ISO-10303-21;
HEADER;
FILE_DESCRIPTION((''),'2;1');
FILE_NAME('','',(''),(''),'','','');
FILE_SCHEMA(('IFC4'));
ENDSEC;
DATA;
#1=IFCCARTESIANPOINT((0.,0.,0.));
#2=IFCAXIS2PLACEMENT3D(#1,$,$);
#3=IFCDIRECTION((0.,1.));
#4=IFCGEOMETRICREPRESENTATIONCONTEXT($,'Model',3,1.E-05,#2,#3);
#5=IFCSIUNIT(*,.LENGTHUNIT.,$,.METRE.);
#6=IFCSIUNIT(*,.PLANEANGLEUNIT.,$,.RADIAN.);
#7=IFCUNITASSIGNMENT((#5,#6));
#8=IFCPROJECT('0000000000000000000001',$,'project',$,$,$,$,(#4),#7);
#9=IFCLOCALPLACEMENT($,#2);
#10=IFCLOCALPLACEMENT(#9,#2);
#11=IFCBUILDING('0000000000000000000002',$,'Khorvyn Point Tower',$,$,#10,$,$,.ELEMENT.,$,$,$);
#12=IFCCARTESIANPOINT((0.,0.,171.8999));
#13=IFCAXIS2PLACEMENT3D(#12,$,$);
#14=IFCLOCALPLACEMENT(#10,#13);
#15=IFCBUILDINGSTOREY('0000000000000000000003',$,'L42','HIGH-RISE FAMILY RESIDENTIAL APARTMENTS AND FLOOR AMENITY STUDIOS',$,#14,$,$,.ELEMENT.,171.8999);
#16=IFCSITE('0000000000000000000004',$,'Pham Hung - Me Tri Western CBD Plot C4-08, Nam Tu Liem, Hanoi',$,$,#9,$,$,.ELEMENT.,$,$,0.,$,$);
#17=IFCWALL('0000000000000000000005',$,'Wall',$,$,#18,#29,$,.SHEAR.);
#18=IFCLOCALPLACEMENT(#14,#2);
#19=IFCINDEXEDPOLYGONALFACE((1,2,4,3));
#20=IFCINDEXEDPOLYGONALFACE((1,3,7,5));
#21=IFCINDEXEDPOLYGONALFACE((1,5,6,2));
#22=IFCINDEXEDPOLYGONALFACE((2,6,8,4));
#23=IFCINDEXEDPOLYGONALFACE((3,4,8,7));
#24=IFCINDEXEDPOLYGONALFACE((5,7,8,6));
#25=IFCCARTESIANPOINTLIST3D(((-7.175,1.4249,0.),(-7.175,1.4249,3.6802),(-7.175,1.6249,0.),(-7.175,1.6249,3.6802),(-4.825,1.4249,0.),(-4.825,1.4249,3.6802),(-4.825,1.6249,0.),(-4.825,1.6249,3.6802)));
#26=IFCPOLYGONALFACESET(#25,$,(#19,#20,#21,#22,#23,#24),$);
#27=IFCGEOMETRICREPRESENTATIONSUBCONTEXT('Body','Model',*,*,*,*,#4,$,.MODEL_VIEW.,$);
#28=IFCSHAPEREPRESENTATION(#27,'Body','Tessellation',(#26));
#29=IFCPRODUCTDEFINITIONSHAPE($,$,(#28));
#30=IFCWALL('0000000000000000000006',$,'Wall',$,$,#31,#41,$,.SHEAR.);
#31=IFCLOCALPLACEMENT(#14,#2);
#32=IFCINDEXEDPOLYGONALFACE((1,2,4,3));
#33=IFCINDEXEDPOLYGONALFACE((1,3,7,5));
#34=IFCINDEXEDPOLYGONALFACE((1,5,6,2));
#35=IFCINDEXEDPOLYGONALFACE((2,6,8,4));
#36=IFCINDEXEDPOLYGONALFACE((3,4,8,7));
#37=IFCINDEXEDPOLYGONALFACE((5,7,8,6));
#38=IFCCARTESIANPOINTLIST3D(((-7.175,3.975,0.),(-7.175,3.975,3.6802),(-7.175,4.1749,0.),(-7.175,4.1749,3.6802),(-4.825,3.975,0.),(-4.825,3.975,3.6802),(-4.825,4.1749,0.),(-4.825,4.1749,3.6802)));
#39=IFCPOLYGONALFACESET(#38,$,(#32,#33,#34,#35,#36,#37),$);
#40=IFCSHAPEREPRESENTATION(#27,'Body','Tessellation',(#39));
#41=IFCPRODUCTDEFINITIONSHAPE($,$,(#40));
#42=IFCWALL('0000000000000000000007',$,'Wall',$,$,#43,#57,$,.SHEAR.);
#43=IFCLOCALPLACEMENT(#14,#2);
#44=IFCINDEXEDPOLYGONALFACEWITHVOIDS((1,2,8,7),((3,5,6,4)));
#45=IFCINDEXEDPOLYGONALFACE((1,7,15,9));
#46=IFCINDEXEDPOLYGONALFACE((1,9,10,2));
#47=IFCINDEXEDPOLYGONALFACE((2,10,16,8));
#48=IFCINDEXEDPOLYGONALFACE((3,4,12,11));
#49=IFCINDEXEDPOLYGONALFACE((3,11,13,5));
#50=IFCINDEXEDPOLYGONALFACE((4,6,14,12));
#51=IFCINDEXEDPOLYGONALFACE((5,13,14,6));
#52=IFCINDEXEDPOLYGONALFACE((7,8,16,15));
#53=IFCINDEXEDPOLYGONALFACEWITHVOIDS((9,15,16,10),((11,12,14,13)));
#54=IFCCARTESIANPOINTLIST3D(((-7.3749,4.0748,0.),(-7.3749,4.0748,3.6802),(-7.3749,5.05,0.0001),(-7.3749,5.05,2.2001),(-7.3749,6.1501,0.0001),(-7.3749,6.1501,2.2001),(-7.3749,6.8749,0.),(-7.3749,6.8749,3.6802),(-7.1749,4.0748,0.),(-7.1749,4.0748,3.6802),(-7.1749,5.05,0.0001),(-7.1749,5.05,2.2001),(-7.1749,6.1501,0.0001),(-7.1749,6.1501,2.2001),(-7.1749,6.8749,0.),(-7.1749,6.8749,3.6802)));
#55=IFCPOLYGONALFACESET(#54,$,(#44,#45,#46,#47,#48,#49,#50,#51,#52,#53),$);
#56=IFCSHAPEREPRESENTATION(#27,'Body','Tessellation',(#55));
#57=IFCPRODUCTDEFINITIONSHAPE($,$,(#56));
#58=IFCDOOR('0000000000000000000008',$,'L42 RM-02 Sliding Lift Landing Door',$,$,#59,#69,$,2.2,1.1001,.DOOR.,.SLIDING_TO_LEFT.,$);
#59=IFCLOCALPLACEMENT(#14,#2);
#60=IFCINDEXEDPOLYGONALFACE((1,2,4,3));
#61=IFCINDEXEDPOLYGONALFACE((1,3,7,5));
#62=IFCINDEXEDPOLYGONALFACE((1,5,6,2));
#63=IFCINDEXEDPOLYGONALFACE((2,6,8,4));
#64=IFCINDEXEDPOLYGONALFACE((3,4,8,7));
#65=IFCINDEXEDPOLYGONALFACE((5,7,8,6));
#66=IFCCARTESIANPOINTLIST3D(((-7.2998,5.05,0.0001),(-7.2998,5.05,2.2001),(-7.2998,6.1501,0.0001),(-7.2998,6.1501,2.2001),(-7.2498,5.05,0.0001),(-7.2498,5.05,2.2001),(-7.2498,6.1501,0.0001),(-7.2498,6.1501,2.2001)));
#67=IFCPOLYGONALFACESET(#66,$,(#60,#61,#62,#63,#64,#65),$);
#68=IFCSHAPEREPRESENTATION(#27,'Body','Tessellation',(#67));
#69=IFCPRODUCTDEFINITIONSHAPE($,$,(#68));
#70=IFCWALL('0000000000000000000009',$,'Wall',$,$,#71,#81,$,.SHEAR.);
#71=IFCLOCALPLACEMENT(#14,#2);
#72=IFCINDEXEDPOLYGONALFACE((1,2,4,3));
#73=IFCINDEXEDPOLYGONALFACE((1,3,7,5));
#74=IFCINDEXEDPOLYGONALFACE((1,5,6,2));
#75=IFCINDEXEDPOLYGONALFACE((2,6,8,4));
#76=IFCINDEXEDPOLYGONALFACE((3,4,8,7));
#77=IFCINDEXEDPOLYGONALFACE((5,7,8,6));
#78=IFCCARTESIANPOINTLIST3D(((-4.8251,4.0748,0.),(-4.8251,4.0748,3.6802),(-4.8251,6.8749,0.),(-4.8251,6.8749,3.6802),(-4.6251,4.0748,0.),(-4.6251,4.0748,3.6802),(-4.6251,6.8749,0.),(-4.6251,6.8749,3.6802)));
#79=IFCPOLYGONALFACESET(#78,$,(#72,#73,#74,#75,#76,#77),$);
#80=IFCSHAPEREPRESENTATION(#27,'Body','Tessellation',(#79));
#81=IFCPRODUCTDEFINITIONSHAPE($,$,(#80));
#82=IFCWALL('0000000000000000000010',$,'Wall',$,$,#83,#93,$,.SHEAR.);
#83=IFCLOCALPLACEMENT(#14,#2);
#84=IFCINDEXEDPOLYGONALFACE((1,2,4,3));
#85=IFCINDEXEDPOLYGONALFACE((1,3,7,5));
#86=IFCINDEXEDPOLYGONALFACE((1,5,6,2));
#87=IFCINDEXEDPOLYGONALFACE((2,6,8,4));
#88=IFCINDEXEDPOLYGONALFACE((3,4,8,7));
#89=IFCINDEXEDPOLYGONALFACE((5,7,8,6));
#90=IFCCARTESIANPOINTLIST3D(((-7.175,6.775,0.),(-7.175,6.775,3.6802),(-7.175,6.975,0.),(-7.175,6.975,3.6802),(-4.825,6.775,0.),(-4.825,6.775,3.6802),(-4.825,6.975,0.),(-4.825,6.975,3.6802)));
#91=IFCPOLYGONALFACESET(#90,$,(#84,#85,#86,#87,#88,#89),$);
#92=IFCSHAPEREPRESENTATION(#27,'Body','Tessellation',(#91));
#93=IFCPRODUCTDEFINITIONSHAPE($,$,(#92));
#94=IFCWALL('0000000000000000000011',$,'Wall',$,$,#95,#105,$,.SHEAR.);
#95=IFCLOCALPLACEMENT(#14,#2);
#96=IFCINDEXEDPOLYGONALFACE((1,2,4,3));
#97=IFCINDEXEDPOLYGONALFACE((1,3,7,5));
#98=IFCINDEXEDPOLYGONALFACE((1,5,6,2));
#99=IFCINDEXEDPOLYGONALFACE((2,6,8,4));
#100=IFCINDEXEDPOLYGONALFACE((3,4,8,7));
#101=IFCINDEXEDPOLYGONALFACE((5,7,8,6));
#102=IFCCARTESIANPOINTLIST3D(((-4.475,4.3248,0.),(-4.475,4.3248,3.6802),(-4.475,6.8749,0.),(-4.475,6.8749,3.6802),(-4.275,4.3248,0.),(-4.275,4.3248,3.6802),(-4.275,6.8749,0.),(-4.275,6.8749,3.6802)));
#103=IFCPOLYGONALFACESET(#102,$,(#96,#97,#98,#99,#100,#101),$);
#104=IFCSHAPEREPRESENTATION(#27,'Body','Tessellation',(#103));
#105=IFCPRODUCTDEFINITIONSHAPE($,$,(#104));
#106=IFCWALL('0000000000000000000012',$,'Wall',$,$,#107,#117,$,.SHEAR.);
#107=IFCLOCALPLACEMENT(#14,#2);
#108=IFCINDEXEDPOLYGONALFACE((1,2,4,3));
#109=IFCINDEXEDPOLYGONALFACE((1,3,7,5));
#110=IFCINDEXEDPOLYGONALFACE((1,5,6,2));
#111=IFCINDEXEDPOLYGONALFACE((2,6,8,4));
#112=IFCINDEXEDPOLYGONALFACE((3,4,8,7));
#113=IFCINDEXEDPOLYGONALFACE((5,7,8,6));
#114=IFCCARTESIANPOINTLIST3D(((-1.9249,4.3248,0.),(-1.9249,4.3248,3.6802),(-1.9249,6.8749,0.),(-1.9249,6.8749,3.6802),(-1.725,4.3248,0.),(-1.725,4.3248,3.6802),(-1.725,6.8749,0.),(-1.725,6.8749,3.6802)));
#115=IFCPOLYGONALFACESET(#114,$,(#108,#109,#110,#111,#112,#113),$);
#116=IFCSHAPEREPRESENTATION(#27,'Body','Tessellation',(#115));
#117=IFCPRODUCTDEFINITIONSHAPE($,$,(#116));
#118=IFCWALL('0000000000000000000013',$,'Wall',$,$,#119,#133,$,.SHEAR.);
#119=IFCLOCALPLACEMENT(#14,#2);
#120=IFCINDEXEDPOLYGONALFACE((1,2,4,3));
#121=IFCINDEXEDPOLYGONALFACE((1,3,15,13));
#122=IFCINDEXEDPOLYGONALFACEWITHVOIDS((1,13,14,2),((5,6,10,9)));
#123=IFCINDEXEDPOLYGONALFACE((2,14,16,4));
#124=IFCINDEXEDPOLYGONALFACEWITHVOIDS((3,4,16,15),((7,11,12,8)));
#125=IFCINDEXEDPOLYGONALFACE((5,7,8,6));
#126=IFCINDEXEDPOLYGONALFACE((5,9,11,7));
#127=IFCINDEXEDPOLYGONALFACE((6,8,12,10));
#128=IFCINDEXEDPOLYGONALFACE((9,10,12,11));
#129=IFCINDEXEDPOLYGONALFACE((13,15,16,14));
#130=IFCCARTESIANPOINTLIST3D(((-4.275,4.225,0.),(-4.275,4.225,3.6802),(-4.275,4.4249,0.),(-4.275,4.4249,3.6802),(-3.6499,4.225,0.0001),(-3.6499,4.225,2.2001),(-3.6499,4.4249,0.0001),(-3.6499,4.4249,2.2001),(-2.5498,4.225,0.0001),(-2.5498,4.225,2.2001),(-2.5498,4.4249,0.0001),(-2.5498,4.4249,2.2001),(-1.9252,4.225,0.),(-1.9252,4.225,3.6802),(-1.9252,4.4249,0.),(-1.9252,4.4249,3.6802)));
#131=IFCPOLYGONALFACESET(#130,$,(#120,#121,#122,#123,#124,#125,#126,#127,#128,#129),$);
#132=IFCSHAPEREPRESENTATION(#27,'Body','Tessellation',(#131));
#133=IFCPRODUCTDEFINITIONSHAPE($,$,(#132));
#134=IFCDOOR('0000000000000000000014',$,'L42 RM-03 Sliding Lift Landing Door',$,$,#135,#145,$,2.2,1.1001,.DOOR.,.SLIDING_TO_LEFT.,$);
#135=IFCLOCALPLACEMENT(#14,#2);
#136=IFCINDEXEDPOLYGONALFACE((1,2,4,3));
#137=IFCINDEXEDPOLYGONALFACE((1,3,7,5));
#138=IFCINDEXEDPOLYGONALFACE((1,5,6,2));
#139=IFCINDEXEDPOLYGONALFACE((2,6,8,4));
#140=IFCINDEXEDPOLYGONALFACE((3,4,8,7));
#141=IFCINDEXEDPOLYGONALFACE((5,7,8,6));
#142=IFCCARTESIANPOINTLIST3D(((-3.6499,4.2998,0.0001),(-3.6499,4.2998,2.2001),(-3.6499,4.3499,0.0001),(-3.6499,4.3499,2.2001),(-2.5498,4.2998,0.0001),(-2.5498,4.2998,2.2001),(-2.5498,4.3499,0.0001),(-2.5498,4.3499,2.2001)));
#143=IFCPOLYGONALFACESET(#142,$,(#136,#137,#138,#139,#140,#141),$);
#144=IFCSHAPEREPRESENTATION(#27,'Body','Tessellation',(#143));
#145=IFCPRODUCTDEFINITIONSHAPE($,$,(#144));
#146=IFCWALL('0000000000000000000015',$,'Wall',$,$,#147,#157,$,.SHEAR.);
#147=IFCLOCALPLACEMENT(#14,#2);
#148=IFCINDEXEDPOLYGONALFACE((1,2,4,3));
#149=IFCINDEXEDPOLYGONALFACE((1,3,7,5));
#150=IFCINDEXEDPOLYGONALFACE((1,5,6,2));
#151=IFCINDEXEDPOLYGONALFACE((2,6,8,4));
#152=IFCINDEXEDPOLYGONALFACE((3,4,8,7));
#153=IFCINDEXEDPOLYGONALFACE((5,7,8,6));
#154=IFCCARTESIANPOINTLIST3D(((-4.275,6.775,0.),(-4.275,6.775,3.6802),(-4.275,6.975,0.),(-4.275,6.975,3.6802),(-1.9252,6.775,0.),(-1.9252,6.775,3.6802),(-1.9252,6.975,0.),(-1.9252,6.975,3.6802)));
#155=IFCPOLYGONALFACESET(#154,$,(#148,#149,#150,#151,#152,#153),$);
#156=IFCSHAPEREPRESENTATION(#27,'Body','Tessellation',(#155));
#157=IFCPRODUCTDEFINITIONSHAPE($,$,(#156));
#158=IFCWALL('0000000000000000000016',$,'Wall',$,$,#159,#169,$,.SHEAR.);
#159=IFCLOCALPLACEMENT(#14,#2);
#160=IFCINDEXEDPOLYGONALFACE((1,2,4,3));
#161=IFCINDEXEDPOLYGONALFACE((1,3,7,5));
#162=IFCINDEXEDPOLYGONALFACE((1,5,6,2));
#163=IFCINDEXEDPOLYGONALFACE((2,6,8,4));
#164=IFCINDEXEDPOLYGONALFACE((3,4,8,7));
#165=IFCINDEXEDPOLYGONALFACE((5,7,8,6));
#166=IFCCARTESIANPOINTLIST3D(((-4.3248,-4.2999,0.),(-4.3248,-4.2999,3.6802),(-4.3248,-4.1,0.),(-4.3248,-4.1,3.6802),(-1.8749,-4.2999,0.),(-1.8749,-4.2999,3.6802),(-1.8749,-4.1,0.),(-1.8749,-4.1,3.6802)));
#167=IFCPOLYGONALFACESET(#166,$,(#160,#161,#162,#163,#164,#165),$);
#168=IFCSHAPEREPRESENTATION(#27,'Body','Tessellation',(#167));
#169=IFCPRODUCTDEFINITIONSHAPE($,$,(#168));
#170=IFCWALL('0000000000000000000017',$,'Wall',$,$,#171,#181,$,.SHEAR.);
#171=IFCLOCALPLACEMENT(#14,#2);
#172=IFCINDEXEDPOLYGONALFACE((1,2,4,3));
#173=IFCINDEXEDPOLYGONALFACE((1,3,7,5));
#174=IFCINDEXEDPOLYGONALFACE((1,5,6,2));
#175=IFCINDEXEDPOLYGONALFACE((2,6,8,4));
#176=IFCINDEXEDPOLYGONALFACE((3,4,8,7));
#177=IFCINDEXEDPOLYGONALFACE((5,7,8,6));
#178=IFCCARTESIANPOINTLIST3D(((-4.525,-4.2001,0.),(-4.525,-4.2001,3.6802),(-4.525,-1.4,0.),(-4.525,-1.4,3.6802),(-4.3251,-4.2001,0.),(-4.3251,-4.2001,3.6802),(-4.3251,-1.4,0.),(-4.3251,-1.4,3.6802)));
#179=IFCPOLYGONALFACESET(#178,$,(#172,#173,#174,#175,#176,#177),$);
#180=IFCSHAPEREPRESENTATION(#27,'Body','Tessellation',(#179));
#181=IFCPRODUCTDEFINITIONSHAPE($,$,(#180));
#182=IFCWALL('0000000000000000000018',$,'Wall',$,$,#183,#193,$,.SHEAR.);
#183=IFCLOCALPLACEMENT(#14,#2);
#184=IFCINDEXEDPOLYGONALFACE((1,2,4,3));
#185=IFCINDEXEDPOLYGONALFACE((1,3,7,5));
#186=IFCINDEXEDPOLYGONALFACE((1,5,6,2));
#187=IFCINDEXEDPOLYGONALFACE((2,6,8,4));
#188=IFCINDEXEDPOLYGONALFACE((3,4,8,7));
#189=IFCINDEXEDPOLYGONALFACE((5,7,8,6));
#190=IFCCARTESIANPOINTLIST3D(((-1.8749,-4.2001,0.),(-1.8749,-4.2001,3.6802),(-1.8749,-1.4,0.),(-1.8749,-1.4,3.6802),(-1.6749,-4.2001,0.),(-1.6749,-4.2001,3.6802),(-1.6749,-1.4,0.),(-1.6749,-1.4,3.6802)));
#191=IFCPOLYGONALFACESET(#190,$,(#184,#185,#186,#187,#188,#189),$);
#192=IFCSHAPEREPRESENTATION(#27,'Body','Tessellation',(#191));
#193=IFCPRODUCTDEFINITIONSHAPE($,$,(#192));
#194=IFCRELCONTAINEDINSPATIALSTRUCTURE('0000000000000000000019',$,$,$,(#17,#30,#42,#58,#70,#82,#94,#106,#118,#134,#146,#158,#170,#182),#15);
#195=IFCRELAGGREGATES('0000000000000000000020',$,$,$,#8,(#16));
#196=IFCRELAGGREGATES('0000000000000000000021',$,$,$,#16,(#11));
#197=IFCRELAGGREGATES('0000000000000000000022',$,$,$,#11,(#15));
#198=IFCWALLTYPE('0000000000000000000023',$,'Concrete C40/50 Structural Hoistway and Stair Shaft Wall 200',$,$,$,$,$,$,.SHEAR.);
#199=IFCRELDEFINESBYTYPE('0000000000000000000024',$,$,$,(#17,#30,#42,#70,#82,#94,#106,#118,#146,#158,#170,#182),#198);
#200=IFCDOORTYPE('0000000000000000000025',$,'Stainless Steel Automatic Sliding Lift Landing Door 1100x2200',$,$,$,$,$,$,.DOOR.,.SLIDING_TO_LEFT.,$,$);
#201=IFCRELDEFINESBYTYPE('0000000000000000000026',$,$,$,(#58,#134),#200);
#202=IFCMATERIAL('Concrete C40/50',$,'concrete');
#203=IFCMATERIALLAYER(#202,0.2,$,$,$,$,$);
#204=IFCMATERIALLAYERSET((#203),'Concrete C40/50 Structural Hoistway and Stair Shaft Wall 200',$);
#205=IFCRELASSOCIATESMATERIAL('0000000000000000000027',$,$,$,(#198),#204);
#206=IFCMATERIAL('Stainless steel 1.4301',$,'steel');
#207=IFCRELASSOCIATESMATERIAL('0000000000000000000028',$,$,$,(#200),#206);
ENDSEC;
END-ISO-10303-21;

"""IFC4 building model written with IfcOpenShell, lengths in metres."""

from ifc_helpers import new_model, si_unit, direction, frame, frame_2d, origin, place, context, subcontext, project, spatial, rectangle, extrude, material, layer, layer_set, type_object, element, fill, save


model = new_model("IFC4")

# Units and contexts
model_context = context("Model", 3, precision=1e-05, world=origin(), true_north=direction((0.0, 1.0)))
body_context = subcontext(model_context, "Body", "Model", "MODEL_VIEW")
ifc_project = project(units=[si_unit("LENGTHUNIT", "METRE"), si_unit("PLANEANGLEUNIT", "RADIAN")], contexts=[model_context])

# Site, building, storey
site_placement = place(None, origin())
site = spatial("IfcSite", under=ifc_project, at=site_placement, Name="Pham Hung - Me Tri Western CBD Plot C4-08, Nam Tu Liem, Hanoi", CompositionType="ELEMENT", RefElevation=0.0)
building_placement = place(site_placement, origin())
building = spatial("IfcBuilding", under=site, at=building_placement, Name="Khorvyn Point Tower", CompositionType="ELEMENT")
storey_placement = place(building_placement, frame((0.0, 0.0, 171.8999)))
storey = spatial("IfcBuildingStorey", under=building, at=storey_placement, Name="L42", Description="HIGH-RISE FAMILY RESIDENTIAL APARTMENTS AND FLOOR AMENITY STUDIOS", CompositionType="ELEMENT", Elevation=171.8999)

# Shared definitions
ifc_material_1 = material(Name="Concrete C40/50", Category="concrete")

# Shared definitions
ifc_layer_1 = layer(ifc_material_1, 0.2)
ifc_layer_set_1 = layer_set([ifc_layer_1], Name="Concrete C40/50 Structural Hoistway and Stair Shaft Wall 200")
wall_type_1 = type_object("IfcWallType", Name="Concrete C40/50 Structural Hoistway and Stair Shaft Wall 200", PredefinedType="SHEAR", material=ifc_layer_set_1)
ifc_material_2 = material(Name="Stainless steel 1.4301", Category="steel")
door_type_1 = type_object("IfcDoorType", Name="Stainless Steel Automatic Sliding Lift Landing Door 1100x2200", OperationType="SLIDING_TO_LEFT", PredefinedType="DOOR", material=ifc_material_2)

# Walls
for number, where, z_axis, x_axis, name in (
    (1, (-7.175, 1.5249, 0.0), (0.0, 0.0, 1.0), (1.0, 0.0, 0.0), "Wall"),
    (2, (-7.175, 4.075, 0.0), (0.0, 0.0, 1.0), (1.0, 0.0, 0.0), "Wall"),
):
    element("IfcWall", number, at=place(storey_placement, frame(where, z_axis=z_axis, x_axis=x_axis)), inside=storey, type_object=wall_type_1, Name=name, PredefinedType="SHEAR", context=body_context, shape_type="SweptSolid", body=[
        extrude(rectangle(XDim=2.3501, YDim=0.2, at=frame_2d((1.175, 0.0))), origin(), (0.0, 0.0, 1.0), 3.6802),
    ])

# Wall, opening, door
wall_1_placement = place(storey_placement, frame((-7.2749, 4.075, 0.0), z_axis=(0.0, 0.0, 1.0), x_axis=(0.0, 1.0, 0.0)))
wall_1 = element("IfcWall", 3, at=wall_1_placement, inside=storey, type_object=wall_type_1, Name="Wall", PredefinedType="SHEAR", context=body_context, shape_type="SweptSolid", body=[
    extrude(rectangle(XDim=2.8, YDim=0.2, at=frame_2d((1.3999, 0.0))), origin(), (0.0, 0.0, 1.0), 3.6802),
])
opening_1_placement = place(wall_1_placement, frame((0.9751, 0.0, 0.0)))
opening_1 = element("IfcOpeningElement", 4, at=opening_1_placement, cuts=wall_1, PredefinedType="OPENING", context=body_context, shape_type="SweptSolid", body=[
    extrude(rectangle(XDim=1.1001, YDim=2.2, at=frame_2d((0.55, 1.1001))), frame((0.0, 0.1099, 0.0), z_axis=(0.0, -1.0, 0.0), x_axis=(1.0, 0.0, 0.0)), (0.0, 0.0, 1.0), 0.22),
])
door_1_placement = place(opening_1_placement, origin())
door_1 = element("IfcDoor", 5, at=door_1_placement, inside=storey, type_object=door_type_1, Name="L42 RM-02 Sliding Lift Landing Door", OperationType="SLIDING_TO_LEFT", OverallHeight=2.2, OverallWidth=1.1001, PredefinedType="DOOR", context=body_context, shape_type="SweptSolid", body=[
    extrude(rectangle(XDim=1.1001, YDim=2.2, at=frame_2d((0.55, 1.1001))), frame((0.0, 0.0249, 0.0), z_axis=(0.0, -1.0, 0.0), x_axis=(1.0, 0.0, 0.0)), (0.0, 0.0, 1.0), 0.05),
])
fill(opening_1, door_1)

# Walls
wall_2_placement = place(storey_placement, frame((-4.7251, 4.075, 0.0), z_axis=(0.0, 0.0, 1.0), x_axis=(0.0, 1.0, 0.0)))
element("IfcWall", 6, at=wall_2_placement, inside=storey, type_object=wall_type_1, Name="Wall", PredefinedType="SHEAR", context=body_context, shape_type="SweptSolid", body=[
    extrude(rectangle(XDim=2.8, YDim=0.2, at=frame_2d((1.3999, 0.0))), origin(), (0.0, 0.0, 1.0), 3.6802),
])
wall_3_placement = place(storey_placement, frame((-7.175, 6.875, 0.0), z_axis=(0.0, 0.0, 1.0), x_axis=(1.0, 0.0, 0.0)))
element("IfcWall", 7, at=wall_3_placement, inside=storey, type_object=wall_type_1, Name="Wall", PredefinedType="SHEAR", context=body_context, shape_type="SweptSolid", body=[
    extrude(rectangle(XDim=2.3501, YDim=0.2, at=frame_2d((1.175, 0.0))), origin(), (0.0, 0.0, 1.0), 3.6802),
])
for number, where, z_axis, x_axis, name in (
    (8, (-4.375, 4.325, 0.0), (0.0, 0.0, 1.0), (0.0, 1.0, 0.0), "Wall"),
    (9, (-1.825, 4.325, 0.0), (0.0, 0.0, 1.0), (0.0, 1.0, 0.0), "Wall"),
):
    element("IfcWall", number, at=place(storey_placement, frame(where, z_axis=z_axis, x_axis=x_axis)), inside=storey, type_object=wall_type_1, Name=name, PredefinedType="SHEAR", context=body_context, shape_type="SweptSolid", body=[
        extrude(rectangle(XDim=2.55, YDim=0.2, at=frame_2d((1.2749, 0.0))), origin(), (0.0, 0.0, 1.0), 3.6802),
    ])

# Wall, opening, door
wall_4_placement = place(storey_placement, frame((-4.2749, 4.325, 0.0), z_axis=(0.0, 0.0, 1.0), x_axis=(1.0, 0.0, 0.0)))
wall_4 = element("IfcWall", 10, at=wall_4_placement, inside=storey, type_object=wall_type_1, Name="Wall", PredefinedType="SHEAR", context=body_context, shape_type="SweptSolid", body=[
    extrude(rectangle(XDim=2.3499, YDim=0.2, at=frame_2d((1.1748, 0.0))), origin(), (0.0, 0.0, 1.0), 3.6802),
])
opening_2_placement = place(wall_4_placement, frame((0.625, 0.0, 0.0)))
opening_2 = element("IfcOpeningElement", 11, at=opening_2_placement, cuts=wall_4, PredefinedType="OPENING", context=body_context, shape_type="SweptSolid", body=[
    extrude(rectangle(XDim=1.1001, YDim=2.2, at=frame_2d((0.55, 1.1001))), frame((0.0, 0.1099, 0.0), z_axis=(0.0, -1.0, 0.0), x_axis=(1.0, 0.0, 0.0)), (0.0, 0.0, 1.0), 0.22),
])
door_2_placement = place(opening_2_placement, origin())
door_2 = element("IfcDoor", 12, at=door_2_placement, inside=storey, type_object=door_type_1, Name="L42 RM-03 Sliding Lift Landing Door", OperationType="SLIDING_TO_LEFT", OverallHeight=2.2, OverallWidth=1.1001, PredefinedType="DOOR", context=body_context, shape_type="SweptSolid", body=[
    extrude(rectangle(XDim=1.1001, YDim=2.2, at=frame_2d((0.55, 1.1001))), frame((0.0, 0.0249, 0.0), z_axis=(0.0, -1.0, 0.0), x_axis=(1.0, 0.0, 0.0)), (0.0, 0.0, 1.0), 0.05),
])
fill(opening_2, door_2)

# Walls
wall_5_placement = place(storey_placement, frame((-4.2749, 6.875, 0.0), z_axis=(0.0, 0.0, 1.0), x_axis=(1.0, 0.0, 0.0)))
element("IfcWall", 13, at=wall_5_placement, inside=storey, type_object=wall_type_1, Name="Wall", PredefinedType="SHEAR", context=body_context, shape_type="SweptSolid", body=[
    extrude(rectangle(XDim=2.3499, YDim=0.2, at=frame_2d((1.1748, 0.0))), origin(), (0.0, 0.0, 1.0), 3.6802),
])
wall_6_placement = place(storey_placement, frame((-4.325, -4.2, 0.0), z_axis=(0.0, 0.0, 1.0), x_axis=(1.0, 0.0, 0.0)))
element("IfcWall", 14, at=wall_6_placement, inside=storey, type_object=wall_type_1, Name="Wall", PredefinedType="SHEAR", context=body_context, shape_type="SweptSolid", body=[
    extrude(rectangle(XDim=2.45, YDim=0.2, at=frame_2d((1.2251, 0.0))), origin(), (0.0, 0.0, 1.0), 3.6802),
])
for number, where, z_axis, x_axis, name in (
    (15, (-4.425, -4.2, 0.0), (0.0, 0.0, 1.0), (0.0, 1.0, 0.0), "Wall"),
    (16, (-1.7749, -4.2, 0.0), (0.0, 0.0, 1.0), (0.0, 1.0, 0.0), "Wall"),
):
    element("IfcWall", number, at=place(storey_placement, frame(where, z_axis=z_axis, x_axis=x_axis)), inside=storey, type_object=wall_type_1, Name=name, PredefinedType="SHEAR", context=body_context, shape_type="SweptSolid", body=[
        extrude(rectangle(XDim=2.8, YDim=0.2, at=frame_2d((1.3999, 0.0))), origin(), (0.0, 0.0, 1.0), 3.6802),
    ])

save(model, "model.ifc")
